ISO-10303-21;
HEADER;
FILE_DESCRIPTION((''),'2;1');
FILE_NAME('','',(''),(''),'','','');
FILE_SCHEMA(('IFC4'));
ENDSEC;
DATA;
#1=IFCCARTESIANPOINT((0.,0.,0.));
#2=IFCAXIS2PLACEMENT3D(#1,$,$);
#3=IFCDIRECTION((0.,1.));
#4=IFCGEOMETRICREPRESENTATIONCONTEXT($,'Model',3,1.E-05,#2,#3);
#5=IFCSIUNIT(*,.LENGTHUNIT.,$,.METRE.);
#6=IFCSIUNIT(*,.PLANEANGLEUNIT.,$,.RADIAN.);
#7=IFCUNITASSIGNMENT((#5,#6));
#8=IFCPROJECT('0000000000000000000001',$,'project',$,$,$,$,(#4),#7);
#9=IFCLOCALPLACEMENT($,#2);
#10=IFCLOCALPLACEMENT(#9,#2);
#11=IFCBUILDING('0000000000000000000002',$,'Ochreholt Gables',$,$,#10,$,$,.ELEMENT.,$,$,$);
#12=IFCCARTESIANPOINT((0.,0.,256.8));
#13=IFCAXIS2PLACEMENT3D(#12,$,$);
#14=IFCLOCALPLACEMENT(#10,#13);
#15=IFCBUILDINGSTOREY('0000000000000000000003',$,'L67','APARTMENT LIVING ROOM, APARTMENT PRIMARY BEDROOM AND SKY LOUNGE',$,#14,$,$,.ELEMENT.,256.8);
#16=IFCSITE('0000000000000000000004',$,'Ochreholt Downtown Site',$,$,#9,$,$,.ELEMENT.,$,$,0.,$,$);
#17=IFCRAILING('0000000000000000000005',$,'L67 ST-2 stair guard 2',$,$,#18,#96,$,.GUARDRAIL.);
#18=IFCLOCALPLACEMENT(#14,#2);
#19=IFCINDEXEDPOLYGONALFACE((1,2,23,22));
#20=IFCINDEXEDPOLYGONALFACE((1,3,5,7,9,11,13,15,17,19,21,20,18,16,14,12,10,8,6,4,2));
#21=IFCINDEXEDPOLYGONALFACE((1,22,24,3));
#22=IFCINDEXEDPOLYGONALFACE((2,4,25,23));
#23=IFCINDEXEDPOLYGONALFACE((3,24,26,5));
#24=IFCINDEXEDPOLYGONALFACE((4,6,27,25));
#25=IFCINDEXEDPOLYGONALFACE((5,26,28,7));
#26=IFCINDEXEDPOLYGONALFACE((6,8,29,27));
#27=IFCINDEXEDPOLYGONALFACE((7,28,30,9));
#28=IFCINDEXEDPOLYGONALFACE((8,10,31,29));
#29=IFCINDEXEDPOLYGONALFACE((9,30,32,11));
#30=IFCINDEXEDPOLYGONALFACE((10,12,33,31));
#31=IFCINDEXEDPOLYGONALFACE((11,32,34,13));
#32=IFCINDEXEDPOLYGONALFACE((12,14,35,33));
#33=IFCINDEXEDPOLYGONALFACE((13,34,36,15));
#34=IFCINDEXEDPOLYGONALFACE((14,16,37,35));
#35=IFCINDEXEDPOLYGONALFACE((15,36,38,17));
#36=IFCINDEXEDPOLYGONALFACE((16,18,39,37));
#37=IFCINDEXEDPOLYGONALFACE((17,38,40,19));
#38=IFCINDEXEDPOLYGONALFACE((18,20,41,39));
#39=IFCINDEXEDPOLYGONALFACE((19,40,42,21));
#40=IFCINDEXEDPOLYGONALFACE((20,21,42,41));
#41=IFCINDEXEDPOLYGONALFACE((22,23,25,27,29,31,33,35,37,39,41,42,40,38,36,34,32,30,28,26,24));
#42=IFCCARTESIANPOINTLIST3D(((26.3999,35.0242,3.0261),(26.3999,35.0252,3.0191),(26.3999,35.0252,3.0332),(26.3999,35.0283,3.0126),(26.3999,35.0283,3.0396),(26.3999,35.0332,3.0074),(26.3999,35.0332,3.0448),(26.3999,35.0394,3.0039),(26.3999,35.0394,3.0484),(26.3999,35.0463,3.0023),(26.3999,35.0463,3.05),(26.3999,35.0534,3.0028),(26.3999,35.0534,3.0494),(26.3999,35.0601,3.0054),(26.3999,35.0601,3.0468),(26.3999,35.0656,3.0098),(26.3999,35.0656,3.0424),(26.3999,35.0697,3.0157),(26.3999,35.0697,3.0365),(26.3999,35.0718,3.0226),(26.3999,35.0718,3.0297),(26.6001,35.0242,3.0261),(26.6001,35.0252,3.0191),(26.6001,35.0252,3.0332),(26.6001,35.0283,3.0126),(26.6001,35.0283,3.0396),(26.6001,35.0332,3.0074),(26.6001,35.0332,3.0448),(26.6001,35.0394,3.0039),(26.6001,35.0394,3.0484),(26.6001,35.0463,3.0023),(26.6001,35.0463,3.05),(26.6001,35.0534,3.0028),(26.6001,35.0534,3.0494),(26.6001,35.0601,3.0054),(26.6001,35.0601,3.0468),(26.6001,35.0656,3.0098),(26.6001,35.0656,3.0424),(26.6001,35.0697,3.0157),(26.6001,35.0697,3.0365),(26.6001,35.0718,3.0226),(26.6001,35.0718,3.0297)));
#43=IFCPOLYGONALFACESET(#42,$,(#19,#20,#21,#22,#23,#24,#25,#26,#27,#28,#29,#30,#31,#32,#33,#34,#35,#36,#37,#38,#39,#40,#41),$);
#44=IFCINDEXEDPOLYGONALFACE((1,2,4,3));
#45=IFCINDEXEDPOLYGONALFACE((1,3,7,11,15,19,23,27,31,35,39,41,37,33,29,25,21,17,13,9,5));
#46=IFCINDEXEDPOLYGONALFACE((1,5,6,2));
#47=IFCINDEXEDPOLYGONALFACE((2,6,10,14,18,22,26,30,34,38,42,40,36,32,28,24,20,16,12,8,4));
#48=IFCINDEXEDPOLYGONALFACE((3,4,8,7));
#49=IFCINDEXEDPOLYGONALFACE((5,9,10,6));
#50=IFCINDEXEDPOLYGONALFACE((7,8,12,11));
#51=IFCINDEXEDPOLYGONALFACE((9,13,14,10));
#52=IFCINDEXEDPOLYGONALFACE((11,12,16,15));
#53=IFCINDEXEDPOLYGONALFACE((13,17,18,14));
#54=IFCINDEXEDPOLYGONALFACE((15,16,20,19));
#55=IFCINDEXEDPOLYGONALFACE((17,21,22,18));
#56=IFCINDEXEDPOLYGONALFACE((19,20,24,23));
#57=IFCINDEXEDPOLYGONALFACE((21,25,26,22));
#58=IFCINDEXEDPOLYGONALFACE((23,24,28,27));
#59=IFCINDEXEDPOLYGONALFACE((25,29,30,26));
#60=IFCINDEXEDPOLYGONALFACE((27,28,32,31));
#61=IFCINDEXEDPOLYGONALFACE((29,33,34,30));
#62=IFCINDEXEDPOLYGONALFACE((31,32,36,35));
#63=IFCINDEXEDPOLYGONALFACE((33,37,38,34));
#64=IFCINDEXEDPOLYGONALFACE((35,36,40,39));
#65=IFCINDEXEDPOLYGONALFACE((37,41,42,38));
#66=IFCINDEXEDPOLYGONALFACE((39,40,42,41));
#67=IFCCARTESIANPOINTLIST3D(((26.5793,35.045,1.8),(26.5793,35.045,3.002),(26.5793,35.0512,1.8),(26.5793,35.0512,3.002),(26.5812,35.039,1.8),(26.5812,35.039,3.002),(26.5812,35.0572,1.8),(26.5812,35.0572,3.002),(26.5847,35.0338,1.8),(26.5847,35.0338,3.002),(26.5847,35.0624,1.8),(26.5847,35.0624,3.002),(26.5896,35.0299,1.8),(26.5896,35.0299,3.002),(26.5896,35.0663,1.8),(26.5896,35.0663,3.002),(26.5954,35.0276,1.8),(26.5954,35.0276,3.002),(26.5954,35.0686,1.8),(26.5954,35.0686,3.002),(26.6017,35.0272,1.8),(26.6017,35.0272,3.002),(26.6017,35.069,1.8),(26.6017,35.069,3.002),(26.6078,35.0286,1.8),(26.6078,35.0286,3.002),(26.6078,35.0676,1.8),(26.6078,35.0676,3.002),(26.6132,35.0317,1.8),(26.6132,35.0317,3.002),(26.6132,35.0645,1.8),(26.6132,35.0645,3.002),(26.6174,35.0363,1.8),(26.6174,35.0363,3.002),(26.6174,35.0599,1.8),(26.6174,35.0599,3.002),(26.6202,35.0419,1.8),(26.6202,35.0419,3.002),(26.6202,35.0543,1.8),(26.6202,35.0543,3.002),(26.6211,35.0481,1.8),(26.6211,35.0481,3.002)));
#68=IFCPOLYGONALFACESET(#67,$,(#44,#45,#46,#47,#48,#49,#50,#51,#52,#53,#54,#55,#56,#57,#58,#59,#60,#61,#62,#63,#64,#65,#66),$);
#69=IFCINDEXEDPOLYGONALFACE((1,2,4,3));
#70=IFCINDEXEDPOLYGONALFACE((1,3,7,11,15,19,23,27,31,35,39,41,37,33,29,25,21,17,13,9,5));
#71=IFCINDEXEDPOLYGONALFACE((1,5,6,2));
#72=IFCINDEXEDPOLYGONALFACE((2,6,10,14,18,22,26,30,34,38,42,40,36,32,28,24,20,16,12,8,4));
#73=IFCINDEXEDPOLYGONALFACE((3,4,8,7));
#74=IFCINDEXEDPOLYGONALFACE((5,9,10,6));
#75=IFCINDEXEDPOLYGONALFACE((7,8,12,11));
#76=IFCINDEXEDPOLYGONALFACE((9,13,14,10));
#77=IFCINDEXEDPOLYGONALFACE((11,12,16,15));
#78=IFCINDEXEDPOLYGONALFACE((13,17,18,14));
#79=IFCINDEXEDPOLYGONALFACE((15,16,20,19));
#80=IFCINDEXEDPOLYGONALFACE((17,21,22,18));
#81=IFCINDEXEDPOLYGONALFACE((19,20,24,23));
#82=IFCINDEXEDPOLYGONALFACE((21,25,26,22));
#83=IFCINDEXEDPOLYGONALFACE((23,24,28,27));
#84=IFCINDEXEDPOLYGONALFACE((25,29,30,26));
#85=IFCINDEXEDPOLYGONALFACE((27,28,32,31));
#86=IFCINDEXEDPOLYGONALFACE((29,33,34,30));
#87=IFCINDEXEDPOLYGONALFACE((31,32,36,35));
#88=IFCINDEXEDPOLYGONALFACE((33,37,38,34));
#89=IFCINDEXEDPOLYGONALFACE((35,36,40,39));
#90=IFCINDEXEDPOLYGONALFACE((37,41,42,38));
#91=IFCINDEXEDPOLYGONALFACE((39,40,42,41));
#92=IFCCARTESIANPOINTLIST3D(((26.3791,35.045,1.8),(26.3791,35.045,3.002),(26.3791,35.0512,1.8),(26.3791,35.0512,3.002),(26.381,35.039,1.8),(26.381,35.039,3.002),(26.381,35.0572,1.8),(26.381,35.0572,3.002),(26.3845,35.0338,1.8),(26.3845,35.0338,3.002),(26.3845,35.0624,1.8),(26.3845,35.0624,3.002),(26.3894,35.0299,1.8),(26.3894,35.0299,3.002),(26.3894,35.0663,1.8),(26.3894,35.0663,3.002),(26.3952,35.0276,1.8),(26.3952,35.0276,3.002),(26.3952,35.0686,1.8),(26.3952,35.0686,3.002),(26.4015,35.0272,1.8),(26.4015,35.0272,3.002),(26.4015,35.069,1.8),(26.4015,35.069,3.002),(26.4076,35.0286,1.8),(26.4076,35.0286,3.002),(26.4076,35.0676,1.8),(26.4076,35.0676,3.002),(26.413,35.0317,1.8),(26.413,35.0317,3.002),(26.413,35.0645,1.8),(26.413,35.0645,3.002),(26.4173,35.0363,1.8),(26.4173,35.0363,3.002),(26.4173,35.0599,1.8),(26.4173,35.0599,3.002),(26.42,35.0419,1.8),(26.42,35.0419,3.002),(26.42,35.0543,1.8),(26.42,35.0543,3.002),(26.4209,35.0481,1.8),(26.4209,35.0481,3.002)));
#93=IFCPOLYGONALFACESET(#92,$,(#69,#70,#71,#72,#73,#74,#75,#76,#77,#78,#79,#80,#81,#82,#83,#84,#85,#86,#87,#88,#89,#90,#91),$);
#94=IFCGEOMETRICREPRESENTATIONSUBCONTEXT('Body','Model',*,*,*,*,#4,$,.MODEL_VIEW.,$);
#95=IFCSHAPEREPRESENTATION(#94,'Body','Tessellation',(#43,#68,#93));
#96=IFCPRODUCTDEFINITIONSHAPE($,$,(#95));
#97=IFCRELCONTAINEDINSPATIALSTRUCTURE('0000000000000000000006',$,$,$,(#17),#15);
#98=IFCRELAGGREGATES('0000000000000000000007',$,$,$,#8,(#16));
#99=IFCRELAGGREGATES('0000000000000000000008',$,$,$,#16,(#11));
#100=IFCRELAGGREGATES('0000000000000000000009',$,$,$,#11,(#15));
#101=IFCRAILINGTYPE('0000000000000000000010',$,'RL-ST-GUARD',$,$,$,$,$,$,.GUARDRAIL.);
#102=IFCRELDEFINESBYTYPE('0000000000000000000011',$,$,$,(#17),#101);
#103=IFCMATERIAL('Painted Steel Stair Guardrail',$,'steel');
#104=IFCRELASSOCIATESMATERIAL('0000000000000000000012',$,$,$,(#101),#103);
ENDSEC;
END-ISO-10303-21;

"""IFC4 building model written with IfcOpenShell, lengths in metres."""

from ifc_helpers import new_model, si_unit, direction, frame, origin, origin_2d, place, context, subcontext, project, spatial, circle, extrude, material, type_object, element, save


model = new_model("IFC4")

# Units and contexts
model_context = context("Model", 3, precision=1e-05, world=origin(), true_north=direction((0.0, 1.0)))
body_context = subcontext(model_context, "Body", "Model", "MODEL_VIEW")
ifc_project = project(units=[si_unit("LENGTHUNIT", "METRE"), si_unit("PLANEANGLEUNIT", "RADIAN")], contexts=[model_context])

# Site, building, storey
site_placement = place(None, origin())
site = spatial("IfcSite", under=ifc_project, at=site_placement, Name="Ochreholt Downtown Site", CompositionType="ELEMENT", RefElevation=0.0)
building_placement = place(site_placement, origin())
building = spatial("IfcBuilding", under=site, at=building_placement, Name="Ochreholt Gables", CompositionType="ELEMENT")
storey_placement = place(building_placement, frame((0.0, 0.0, 256.8)))
storey = spatial("IfcBuildingStorey", under=building, at=storey_placement, Name="L67", Description="APARTMENT LIVING ROOM, APARTMENT PRIMARY BEDROOM AND SKY LOUNGE", CompositionType="ELEMENT", Elevation=256.8)

# Railing
ifc_material_1 = material(Name="Painted Steel Stair Guardrail", Category="steel")
railing_type_1 = type_object("IfcRailingType", Name="RL-ST-GUARD", PredefinedType="GUARDRAIL", material=ifc_material_1)
railing_1_placement = place(storey_placement, frame((26.6001, 35.0481, 1.8)))
element("IfcRailing", 1, at=railing_1_placement, inside=storey, type_object=railing_type_1, Name="L67 ST-2 stair guard 2", PredefinedType="GUARDRAIL", context=body_context, shape_type="SweptSolid", body=[
    extrude(circle(Radius=0.0239, at=origin_2d()), frame((0.0, 0.0, 1.2261), z_axis=(-1.0, 0.0, 0.0), x_axis=(0.0, -1.0, 0.0)), (0.0, 0.0, 1.0), 0.2002),
    extrude(circle(Radius=0.021, at=origin_2d()), origin(), (0.0, 0.0, 1.0), 1.2019),
    extrude(circle(Radius=0.021, at=origin_2d()), frame((-0.2002, 0.0, 0.0)), (0.0, 0.0, 1.0), 1.2019),
])

save(model, "model.ifc")
